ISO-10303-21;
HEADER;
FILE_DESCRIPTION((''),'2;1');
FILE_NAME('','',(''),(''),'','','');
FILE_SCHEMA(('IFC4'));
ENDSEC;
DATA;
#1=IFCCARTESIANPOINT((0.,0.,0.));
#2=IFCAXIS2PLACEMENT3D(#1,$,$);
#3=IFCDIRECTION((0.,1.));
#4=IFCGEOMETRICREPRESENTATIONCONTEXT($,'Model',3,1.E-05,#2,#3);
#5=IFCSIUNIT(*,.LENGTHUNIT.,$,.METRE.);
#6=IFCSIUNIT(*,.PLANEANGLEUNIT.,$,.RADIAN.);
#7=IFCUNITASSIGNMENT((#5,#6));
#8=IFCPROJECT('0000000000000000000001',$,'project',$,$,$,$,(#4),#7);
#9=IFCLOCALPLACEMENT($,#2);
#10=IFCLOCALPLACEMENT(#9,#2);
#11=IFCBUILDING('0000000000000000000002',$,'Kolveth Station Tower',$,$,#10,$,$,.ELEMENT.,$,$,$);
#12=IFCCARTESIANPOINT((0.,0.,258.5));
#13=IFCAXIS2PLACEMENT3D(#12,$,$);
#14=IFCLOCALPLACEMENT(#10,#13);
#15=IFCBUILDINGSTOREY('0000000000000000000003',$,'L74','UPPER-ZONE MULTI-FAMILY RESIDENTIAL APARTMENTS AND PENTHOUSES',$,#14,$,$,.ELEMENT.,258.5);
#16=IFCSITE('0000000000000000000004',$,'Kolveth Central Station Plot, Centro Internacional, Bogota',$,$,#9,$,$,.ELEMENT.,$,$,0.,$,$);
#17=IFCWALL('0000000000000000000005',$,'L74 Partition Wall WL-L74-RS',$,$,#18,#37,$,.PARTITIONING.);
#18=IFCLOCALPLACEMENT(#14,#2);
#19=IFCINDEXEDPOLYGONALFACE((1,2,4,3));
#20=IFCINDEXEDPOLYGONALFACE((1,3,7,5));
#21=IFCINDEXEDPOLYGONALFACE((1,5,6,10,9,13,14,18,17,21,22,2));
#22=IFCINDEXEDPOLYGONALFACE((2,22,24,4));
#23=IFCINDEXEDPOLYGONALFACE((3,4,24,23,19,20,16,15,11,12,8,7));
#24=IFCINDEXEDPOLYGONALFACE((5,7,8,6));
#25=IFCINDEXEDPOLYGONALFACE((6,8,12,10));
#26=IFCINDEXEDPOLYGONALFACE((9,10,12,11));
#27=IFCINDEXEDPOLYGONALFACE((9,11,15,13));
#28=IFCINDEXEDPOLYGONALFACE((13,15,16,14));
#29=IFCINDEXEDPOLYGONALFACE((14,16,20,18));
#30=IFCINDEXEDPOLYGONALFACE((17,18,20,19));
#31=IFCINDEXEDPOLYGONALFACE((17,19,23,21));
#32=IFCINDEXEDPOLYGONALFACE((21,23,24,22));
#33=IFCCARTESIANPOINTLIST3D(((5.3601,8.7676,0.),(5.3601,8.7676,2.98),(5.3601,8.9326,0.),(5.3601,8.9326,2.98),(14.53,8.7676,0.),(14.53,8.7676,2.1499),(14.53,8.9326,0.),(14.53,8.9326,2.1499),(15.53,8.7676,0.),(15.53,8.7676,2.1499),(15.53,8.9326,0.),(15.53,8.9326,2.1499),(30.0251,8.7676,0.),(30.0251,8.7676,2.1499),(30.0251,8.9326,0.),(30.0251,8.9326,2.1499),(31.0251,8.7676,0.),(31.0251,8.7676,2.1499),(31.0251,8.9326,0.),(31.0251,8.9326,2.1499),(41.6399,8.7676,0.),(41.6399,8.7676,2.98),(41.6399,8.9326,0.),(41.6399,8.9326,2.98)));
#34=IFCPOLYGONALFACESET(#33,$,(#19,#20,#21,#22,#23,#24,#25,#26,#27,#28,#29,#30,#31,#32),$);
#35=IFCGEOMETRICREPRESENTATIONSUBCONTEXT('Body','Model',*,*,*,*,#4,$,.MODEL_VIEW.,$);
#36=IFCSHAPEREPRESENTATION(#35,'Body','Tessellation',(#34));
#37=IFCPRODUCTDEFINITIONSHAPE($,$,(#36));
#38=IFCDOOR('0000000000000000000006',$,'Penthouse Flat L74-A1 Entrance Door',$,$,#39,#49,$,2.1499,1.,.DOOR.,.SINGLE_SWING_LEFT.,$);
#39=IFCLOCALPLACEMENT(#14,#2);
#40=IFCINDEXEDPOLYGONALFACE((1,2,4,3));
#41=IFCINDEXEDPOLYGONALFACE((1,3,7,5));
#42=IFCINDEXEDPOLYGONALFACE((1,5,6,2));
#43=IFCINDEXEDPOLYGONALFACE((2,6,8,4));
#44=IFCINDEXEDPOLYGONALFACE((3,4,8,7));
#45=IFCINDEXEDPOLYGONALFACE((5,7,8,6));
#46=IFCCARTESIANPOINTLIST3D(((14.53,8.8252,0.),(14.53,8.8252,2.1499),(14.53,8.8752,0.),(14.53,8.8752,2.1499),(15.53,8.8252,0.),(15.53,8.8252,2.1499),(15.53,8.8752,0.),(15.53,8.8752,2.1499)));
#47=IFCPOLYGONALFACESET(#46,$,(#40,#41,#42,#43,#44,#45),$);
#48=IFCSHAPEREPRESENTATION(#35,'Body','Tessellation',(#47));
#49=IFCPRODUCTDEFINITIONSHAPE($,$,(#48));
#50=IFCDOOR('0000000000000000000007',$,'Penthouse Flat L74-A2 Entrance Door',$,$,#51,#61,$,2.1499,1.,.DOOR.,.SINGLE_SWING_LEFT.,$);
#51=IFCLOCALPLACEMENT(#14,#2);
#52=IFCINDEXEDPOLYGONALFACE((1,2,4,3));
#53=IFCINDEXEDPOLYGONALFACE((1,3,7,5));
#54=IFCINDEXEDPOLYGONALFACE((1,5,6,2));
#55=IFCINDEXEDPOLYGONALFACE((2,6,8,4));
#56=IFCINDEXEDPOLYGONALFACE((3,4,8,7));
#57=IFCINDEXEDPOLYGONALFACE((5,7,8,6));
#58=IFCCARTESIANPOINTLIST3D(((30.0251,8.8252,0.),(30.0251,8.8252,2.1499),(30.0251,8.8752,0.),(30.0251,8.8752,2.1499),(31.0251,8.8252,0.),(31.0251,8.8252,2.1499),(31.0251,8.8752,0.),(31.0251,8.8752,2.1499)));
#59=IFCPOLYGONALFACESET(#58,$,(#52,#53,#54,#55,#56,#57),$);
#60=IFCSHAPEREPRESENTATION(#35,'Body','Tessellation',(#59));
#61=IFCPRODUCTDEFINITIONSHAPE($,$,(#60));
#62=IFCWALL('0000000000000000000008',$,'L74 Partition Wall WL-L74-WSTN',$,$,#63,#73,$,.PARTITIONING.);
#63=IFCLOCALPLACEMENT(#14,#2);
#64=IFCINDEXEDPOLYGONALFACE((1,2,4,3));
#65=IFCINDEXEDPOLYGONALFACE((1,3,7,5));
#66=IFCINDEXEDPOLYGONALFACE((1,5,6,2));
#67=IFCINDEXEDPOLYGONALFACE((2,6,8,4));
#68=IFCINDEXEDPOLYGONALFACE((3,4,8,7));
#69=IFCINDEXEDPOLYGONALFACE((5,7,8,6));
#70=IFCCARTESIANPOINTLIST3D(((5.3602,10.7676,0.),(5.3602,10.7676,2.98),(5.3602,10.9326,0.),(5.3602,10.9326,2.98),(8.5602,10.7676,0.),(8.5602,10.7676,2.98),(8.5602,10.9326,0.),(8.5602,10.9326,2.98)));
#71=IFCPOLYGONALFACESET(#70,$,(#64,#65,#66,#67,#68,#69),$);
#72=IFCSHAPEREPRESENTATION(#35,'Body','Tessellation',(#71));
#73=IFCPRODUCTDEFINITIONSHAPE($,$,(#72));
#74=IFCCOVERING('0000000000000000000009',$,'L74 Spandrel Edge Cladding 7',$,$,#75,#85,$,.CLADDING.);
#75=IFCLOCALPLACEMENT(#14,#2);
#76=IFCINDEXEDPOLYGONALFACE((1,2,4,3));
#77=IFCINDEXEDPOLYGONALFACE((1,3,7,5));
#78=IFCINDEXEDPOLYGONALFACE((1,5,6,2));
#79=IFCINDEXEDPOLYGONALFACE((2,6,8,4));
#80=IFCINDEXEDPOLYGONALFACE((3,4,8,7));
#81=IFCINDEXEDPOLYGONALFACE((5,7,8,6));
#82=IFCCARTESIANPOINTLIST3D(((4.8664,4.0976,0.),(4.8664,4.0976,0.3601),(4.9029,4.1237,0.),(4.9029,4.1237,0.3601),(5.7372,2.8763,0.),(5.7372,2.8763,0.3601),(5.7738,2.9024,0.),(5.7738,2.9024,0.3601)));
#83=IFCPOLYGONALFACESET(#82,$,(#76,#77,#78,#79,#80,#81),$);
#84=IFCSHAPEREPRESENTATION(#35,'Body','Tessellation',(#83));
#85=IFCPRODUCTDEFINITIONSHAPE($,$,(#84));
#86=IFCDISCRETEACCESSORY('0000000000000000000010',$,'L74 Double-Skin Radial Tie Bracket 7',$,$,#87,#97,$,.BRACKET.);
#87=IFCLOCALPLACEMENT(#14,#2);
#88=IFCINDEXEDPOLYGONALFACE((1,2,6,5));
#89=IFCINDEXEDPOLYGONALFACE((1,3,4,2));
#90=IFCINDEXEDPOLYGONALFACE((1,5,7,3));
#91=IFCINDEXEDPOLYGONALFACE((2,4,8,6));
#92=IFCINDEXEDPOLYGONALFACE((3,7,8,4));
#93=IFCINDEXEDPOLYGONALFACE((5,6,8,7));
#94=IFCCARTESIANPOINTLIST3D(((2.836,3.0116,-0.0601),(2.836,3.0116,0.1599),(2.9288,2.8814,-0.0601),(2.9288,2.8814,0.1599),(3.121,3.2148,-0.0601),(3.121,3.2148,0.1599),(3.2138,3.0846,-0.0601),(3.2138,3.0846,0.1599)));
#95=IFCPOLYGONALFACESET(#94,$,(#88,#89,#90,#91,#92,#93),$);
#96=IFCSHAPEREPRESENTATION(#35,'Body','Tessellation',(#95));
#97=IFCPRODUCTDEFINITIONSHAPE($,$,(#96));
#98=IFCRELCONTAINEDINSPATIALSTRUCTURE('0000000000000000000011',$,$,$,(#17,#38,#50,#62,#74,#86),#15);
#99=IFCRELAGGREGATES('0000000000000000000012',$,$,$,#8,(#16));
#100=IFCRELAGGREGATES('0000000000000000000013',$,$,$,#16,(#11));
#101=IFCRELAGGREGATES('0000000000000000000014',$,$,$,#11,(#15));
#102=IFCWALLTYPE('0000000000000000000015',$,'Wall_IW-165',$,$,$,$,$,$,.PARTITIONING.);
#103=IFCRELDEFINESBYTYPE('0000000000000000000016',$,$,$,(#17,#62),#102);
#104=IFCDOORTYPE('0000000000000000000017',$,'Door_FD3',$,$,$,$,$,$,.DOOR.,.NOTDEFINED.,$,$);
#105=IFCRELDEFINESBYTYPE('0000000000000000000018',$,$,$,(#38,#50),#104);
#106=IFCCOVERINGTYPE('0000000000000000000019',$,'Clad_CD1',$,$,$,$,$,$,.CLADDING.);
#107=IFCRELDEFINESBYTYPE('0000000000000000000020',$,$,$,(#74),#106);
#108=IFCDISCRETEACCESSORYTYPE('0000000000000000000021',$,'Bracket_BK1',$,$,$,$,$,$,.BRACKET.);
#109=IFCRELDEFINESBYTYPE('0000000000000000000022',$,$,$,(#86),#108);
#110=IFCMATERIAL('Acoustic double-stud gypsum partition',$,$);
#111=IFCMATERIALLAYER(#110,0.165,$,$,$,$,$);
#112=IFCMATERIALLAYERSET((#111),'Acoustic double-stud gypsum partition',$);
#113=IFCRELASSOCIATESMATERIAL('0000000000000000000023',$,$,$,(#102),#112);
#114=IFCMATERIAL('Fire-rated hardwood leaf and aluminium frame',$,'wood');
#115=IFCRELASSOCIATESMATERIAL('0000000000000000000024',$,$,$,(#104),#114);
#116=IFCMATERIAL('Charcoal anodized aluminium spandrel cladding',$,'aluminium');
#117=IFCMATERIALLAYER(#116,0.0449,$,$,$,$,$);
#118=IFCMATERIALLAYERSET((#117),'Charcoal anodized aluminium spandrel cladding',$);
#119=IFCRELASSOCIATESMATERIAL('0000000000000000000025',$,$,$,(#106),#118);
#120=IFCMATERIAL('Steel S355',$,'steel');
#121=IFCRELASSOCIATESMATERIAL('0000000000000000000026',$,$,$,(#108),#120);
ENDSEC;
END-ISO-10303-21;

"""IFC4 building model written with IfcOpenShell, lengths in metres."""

from ifc_helpers import new_model, si_unit, direction, frame, frame_2d, origin, origin_2d, place, context, subcontext, project, spatial, rectangle, extrude, source, transform, mapped, material, layer, layer_set, type_object, element, fill, save


model = new_model("IFC4")

# Units and contexts
model_context = context("Model", 3, precision=1e-05, world=origin(), true_north=direction((0.0, 1.0)))
body_context = subcontext(model_context, "Body", "Model", "MODEL_VIEW")
ifc_project = project(units=[si_unit("LENGTHUNIT", "METRE"), si_unit("PLANEANGLEUNIT", "RADIAN")], contexts=[model_context])

# Site, building, storey
site_placement = place(None, origin())
site = spatial("IfcSite", under=ifc_project, at=site_placement, Name="Kolveth Central Station Plot, Centro Internacional, Bogota", CompositionType="ELEMENT", RefElevation=0.0)
building_placement = place(site_placement, origin())
building = spatial("IfcBuilding", under=site, at=building_placement, Name="Kolveth Station Tower", CompositionType="ELEMENT")
storey_placement = place(building_placement, frame((0.0, 0.0, 258.5)))
storey = spatial("IfcBuildingStorey", under=building, at=storey_placement, Name="L74", Description="UPPER-ZONE MULTI-FAMILY RESIDENTIAL APARTMENTS AND PENTHOUSES", CompositionType="ELEMENT", Elevation=258.5)

# Shared definitions
ifc_material_1 = material(Name="Steel S355", Category="steel")

# Wall, openings, doors
ifc_material_2 = material(Name="Acoustic double-stud gypsum partition")
ifc_layer_1 = layer(ifc_material_2, 0.165)
ifc_layer_set_1 = layer_set([ifc_layer_1], Name="Acoustic double-stud gypsum partition")
wall_type_1 = type_object("IfcWallType", Name="Wall_IW-165", PredefinedType="PARTITIONING", material=ifc_layer_set_1)
wall_1_placement = place(storey_placement, frame((5.3601, 8.8501, 0.0), z_axis=(0.0, 0.0, 1.0), x_axis=(1.0, 0.0, 0.0)))
wall_1 = element("IfcWall", 1, at=wall_1_placement, inside=storey, type_object=wall_type_1, Name="L74 Partition Wall WL-L74-RS", PredefinedType="PARTITIONING", context=body_context, shape_type="SweptSolid", body=[
    extrude(rectangle(XDim=36.2798, YDim=0.165, at=frame_2d((18.1399, 0.0))), origin(), (0.0, 0.0, 1.0), 2.98),
])
opening_1_placement = place(wall_1_placement, frame((9.1699, 0.0, 0.0)))
opening_1 = element("IfcOpeningElement", 2, at=opening_1_placement, cuts=wall_1, PredefinedType="OPENING", context=body_context, shape_type="SweptSolid", body=[
    extrude(rectangle(XDim=1.0, YDim=2.1499, at=frame_2d((0.5, 1.075))), frame((0.0, 0.0925, 0.0), z_axis=(0.0, -1.0, 0.0), x_axis=(1.0, 0.0, 0.0)), (0.0, 0.0, 1.0), 0.1851),
])
opening_2_placement = place(wall_1_placement, frame((24.665, 0.0, 0.0)))
opening_2 = element("IfcOpeningElement", 3, at=opening_2_placement, cuts=wall_1, PredefinedType="OPENING", context=body_context, shape_type="SweptSolid", body=[
    extrude(rectangle(XDim=1.0, YDim=2.1499, at=frame_2d((0.5, 1.075))), frame((0.0, 0.0925, 0.0), z_axis=(0.0, -1.0, 0.0), x_axis=(1.0, 0.0, 0.0)), (0.0, 0.0, 1.0), 0.1851),
])
ifc_material_3 = material(Name="Fire-rated hardwood leaf and aluminium frame", Category="wood")
door_type = type_object("IfcDoorType", Name="Door_FD3", OperationType="NOTDEFINED", PredefinedType="DOOR", material=ifc_material_3)
door_1_placement = place(opening_1_placement, frame((1.0, 0.0, 0.0), z_axis=(0.0, 0.0, 1.0), x_axis=(-1.0, 0.0, 0.0)))
door_1 = element("IfcDoor", 4, at=door_1_placement, inside=storey, type_object=door_type, Name="Penthouse Flat L74-A1 Entrance Door", OperationType="SINGLE_SWING_LEFT", OverallHeight=2.1499, OverallWidth=1.0, PredefinedType="DOOR", context=body_context, shape_type="SweptSolid", body=[
    extrude(rectangle(XDim=1.0, YDim=2.1499, at=frame_2d((0.5, 1.075))), frame((0.0, 0.0249, 0.0), z_axis=(0.0, -1.0, 0.0), x_axis=(1.0, 0.0, 0.0)), (0.0, 0.0, 1.0), 0.05),
])
fill(opening_1, door_1)
door_2_placement = place(opening_2_placement, frame((1.0, 0.0, 0.0), z_axis=(0.0, 0.0, 1.0), x_axis=(-1.0, 0.0, 0.0)))
door_2 = element("IfcDoor", 5, at=door_2_placement, inside=storey, type_object=door_type, Name="Penthouse Flat L74-A2 Entrance Door", OperationType="SINGLE_SWING_LEFT", OverallHeight=2.1499, OverallWidth=1.0, PredefinedType="DOOR", context=body_context, shape_type="SweptSolid", body=[
    extrude(rectangle(XDim=1.0, YDim=2.1499, at=frame_2d((0.5, 1.075))), frame((0.0, 0.0249, 0.0), z_axis=(0.0, -1.0, 0.0), x_axis=(1.0, 0.0, 0.0)), (0.0, 0.0, 1.0), 0.05),
])
fill(opening_2, door_2)

# Wall
wall_2_placement = place(storey_placement, frame((5.3601, 10.8501, 0.0), z_axis=(0.0, 0.0, 1.0), x_axis=(1.0, 0.0, 0.0)))
element("IfcWall", 6, at=wall_2_placement, inside=storey, type_object=wall_type_1, Name="L74 Partition Wall WL-L74-WSTN", PredefinedType="PARTITIONING", context=body_context, shape_type="SweptSolid", body=[
    extrude(rectangle(XDim=3.2, YDim=0.165, at=frame_2d((1.6001, 0.0))), origin(), (0.0, 0.0, 1.0), 2.98),
])

# Covering
ifc_material_4 = material(Name="Charcoal anodized aluminium spandrel cladding", Category="aluminium")
ifc_layer_2 = layer(ifc_material_4, 0.0449)
ifc_layer_set_2 = layer_set([ifc_layer_2], Name="Charcoal anodized aluminium spandrel cladding")
covering_type = type_object("IfcCoveringType", Name="Clad_CD1", PredefinedType="CLADDING", material=ifc_layer_set_2)
shared_shape_1 = source(origin(), body_context, "Body", "SweptSolid", [
    extrude(rectangle(XDim=1.5, YDim=0.0449, at=origin_2d()), origin(), (0.0, 0.0, 1.0), 0.3601),
])
covering_placement = place(storey_placement, frame((5.3201, 3.5, 0.0), z_axis=(0.0, 0.0, 1.0), x_axis=(0.580561, -0.814217, 0.0)))
element("IfcCovering", 7, at=covering_placement, inside=storey, type_object=covering_type, Name="L74 Spandrel Edge Cladding 7", PredefinedType="CLADDING", context=body_context, shape_type="MappedRepresentation", body=[
    mapped(shared_shape_1, transform((0.0, 0.0, 0.0), x_axis=(1.0, 0.0, 0.0), y_axis=(0.0, 1.0, 0.0), z_axis=(0.0, 0.0, 1.0), scale=1.0)),
])

# Discrete accessory
discrete_accessory_type = type_object("IfcDiscreteAccessoryType", Name="Bracket_BK1", PredefinedType="BRACKET", material=ifc_material_1)
shared_shape_2 = source(origin(), body_context, "Body", "SweptSolid", [
    extrude(rectangle(XDim=0.3501, YDim=0.1599, at=origin_2d()), origin(), (0.0, 0.0, 1.0), 0.22),
])
discrete_accessory_placement = place(storey_placement, frame((3.0249, 3.0481, -0.0601), z_axis=(0.0, 0.0, 1.0), x_axis=(-0.814217, -0.580561, 0.0)))
element("IfcDiscreteAccessory", 8, at=discrete_accessory_placement, inside=storey, type_object=discrete_accessory_type, Name="L74 Double-Skin Radial Tie Bracket 7", PredefinedType="BRACKET", context=body_context, shape_type="MappedRepresentation", body=[
    mapped(shared_shape_2, transform((0.0, 0.0, 0.0), x_axis=(1.0, 0.0, 0.0), y_axis=(0.0, 1.0, 0.0), z_axis=(0.0, 0.0, 1.0), scale=1.0)),
])

save(model, "model.ifc")
